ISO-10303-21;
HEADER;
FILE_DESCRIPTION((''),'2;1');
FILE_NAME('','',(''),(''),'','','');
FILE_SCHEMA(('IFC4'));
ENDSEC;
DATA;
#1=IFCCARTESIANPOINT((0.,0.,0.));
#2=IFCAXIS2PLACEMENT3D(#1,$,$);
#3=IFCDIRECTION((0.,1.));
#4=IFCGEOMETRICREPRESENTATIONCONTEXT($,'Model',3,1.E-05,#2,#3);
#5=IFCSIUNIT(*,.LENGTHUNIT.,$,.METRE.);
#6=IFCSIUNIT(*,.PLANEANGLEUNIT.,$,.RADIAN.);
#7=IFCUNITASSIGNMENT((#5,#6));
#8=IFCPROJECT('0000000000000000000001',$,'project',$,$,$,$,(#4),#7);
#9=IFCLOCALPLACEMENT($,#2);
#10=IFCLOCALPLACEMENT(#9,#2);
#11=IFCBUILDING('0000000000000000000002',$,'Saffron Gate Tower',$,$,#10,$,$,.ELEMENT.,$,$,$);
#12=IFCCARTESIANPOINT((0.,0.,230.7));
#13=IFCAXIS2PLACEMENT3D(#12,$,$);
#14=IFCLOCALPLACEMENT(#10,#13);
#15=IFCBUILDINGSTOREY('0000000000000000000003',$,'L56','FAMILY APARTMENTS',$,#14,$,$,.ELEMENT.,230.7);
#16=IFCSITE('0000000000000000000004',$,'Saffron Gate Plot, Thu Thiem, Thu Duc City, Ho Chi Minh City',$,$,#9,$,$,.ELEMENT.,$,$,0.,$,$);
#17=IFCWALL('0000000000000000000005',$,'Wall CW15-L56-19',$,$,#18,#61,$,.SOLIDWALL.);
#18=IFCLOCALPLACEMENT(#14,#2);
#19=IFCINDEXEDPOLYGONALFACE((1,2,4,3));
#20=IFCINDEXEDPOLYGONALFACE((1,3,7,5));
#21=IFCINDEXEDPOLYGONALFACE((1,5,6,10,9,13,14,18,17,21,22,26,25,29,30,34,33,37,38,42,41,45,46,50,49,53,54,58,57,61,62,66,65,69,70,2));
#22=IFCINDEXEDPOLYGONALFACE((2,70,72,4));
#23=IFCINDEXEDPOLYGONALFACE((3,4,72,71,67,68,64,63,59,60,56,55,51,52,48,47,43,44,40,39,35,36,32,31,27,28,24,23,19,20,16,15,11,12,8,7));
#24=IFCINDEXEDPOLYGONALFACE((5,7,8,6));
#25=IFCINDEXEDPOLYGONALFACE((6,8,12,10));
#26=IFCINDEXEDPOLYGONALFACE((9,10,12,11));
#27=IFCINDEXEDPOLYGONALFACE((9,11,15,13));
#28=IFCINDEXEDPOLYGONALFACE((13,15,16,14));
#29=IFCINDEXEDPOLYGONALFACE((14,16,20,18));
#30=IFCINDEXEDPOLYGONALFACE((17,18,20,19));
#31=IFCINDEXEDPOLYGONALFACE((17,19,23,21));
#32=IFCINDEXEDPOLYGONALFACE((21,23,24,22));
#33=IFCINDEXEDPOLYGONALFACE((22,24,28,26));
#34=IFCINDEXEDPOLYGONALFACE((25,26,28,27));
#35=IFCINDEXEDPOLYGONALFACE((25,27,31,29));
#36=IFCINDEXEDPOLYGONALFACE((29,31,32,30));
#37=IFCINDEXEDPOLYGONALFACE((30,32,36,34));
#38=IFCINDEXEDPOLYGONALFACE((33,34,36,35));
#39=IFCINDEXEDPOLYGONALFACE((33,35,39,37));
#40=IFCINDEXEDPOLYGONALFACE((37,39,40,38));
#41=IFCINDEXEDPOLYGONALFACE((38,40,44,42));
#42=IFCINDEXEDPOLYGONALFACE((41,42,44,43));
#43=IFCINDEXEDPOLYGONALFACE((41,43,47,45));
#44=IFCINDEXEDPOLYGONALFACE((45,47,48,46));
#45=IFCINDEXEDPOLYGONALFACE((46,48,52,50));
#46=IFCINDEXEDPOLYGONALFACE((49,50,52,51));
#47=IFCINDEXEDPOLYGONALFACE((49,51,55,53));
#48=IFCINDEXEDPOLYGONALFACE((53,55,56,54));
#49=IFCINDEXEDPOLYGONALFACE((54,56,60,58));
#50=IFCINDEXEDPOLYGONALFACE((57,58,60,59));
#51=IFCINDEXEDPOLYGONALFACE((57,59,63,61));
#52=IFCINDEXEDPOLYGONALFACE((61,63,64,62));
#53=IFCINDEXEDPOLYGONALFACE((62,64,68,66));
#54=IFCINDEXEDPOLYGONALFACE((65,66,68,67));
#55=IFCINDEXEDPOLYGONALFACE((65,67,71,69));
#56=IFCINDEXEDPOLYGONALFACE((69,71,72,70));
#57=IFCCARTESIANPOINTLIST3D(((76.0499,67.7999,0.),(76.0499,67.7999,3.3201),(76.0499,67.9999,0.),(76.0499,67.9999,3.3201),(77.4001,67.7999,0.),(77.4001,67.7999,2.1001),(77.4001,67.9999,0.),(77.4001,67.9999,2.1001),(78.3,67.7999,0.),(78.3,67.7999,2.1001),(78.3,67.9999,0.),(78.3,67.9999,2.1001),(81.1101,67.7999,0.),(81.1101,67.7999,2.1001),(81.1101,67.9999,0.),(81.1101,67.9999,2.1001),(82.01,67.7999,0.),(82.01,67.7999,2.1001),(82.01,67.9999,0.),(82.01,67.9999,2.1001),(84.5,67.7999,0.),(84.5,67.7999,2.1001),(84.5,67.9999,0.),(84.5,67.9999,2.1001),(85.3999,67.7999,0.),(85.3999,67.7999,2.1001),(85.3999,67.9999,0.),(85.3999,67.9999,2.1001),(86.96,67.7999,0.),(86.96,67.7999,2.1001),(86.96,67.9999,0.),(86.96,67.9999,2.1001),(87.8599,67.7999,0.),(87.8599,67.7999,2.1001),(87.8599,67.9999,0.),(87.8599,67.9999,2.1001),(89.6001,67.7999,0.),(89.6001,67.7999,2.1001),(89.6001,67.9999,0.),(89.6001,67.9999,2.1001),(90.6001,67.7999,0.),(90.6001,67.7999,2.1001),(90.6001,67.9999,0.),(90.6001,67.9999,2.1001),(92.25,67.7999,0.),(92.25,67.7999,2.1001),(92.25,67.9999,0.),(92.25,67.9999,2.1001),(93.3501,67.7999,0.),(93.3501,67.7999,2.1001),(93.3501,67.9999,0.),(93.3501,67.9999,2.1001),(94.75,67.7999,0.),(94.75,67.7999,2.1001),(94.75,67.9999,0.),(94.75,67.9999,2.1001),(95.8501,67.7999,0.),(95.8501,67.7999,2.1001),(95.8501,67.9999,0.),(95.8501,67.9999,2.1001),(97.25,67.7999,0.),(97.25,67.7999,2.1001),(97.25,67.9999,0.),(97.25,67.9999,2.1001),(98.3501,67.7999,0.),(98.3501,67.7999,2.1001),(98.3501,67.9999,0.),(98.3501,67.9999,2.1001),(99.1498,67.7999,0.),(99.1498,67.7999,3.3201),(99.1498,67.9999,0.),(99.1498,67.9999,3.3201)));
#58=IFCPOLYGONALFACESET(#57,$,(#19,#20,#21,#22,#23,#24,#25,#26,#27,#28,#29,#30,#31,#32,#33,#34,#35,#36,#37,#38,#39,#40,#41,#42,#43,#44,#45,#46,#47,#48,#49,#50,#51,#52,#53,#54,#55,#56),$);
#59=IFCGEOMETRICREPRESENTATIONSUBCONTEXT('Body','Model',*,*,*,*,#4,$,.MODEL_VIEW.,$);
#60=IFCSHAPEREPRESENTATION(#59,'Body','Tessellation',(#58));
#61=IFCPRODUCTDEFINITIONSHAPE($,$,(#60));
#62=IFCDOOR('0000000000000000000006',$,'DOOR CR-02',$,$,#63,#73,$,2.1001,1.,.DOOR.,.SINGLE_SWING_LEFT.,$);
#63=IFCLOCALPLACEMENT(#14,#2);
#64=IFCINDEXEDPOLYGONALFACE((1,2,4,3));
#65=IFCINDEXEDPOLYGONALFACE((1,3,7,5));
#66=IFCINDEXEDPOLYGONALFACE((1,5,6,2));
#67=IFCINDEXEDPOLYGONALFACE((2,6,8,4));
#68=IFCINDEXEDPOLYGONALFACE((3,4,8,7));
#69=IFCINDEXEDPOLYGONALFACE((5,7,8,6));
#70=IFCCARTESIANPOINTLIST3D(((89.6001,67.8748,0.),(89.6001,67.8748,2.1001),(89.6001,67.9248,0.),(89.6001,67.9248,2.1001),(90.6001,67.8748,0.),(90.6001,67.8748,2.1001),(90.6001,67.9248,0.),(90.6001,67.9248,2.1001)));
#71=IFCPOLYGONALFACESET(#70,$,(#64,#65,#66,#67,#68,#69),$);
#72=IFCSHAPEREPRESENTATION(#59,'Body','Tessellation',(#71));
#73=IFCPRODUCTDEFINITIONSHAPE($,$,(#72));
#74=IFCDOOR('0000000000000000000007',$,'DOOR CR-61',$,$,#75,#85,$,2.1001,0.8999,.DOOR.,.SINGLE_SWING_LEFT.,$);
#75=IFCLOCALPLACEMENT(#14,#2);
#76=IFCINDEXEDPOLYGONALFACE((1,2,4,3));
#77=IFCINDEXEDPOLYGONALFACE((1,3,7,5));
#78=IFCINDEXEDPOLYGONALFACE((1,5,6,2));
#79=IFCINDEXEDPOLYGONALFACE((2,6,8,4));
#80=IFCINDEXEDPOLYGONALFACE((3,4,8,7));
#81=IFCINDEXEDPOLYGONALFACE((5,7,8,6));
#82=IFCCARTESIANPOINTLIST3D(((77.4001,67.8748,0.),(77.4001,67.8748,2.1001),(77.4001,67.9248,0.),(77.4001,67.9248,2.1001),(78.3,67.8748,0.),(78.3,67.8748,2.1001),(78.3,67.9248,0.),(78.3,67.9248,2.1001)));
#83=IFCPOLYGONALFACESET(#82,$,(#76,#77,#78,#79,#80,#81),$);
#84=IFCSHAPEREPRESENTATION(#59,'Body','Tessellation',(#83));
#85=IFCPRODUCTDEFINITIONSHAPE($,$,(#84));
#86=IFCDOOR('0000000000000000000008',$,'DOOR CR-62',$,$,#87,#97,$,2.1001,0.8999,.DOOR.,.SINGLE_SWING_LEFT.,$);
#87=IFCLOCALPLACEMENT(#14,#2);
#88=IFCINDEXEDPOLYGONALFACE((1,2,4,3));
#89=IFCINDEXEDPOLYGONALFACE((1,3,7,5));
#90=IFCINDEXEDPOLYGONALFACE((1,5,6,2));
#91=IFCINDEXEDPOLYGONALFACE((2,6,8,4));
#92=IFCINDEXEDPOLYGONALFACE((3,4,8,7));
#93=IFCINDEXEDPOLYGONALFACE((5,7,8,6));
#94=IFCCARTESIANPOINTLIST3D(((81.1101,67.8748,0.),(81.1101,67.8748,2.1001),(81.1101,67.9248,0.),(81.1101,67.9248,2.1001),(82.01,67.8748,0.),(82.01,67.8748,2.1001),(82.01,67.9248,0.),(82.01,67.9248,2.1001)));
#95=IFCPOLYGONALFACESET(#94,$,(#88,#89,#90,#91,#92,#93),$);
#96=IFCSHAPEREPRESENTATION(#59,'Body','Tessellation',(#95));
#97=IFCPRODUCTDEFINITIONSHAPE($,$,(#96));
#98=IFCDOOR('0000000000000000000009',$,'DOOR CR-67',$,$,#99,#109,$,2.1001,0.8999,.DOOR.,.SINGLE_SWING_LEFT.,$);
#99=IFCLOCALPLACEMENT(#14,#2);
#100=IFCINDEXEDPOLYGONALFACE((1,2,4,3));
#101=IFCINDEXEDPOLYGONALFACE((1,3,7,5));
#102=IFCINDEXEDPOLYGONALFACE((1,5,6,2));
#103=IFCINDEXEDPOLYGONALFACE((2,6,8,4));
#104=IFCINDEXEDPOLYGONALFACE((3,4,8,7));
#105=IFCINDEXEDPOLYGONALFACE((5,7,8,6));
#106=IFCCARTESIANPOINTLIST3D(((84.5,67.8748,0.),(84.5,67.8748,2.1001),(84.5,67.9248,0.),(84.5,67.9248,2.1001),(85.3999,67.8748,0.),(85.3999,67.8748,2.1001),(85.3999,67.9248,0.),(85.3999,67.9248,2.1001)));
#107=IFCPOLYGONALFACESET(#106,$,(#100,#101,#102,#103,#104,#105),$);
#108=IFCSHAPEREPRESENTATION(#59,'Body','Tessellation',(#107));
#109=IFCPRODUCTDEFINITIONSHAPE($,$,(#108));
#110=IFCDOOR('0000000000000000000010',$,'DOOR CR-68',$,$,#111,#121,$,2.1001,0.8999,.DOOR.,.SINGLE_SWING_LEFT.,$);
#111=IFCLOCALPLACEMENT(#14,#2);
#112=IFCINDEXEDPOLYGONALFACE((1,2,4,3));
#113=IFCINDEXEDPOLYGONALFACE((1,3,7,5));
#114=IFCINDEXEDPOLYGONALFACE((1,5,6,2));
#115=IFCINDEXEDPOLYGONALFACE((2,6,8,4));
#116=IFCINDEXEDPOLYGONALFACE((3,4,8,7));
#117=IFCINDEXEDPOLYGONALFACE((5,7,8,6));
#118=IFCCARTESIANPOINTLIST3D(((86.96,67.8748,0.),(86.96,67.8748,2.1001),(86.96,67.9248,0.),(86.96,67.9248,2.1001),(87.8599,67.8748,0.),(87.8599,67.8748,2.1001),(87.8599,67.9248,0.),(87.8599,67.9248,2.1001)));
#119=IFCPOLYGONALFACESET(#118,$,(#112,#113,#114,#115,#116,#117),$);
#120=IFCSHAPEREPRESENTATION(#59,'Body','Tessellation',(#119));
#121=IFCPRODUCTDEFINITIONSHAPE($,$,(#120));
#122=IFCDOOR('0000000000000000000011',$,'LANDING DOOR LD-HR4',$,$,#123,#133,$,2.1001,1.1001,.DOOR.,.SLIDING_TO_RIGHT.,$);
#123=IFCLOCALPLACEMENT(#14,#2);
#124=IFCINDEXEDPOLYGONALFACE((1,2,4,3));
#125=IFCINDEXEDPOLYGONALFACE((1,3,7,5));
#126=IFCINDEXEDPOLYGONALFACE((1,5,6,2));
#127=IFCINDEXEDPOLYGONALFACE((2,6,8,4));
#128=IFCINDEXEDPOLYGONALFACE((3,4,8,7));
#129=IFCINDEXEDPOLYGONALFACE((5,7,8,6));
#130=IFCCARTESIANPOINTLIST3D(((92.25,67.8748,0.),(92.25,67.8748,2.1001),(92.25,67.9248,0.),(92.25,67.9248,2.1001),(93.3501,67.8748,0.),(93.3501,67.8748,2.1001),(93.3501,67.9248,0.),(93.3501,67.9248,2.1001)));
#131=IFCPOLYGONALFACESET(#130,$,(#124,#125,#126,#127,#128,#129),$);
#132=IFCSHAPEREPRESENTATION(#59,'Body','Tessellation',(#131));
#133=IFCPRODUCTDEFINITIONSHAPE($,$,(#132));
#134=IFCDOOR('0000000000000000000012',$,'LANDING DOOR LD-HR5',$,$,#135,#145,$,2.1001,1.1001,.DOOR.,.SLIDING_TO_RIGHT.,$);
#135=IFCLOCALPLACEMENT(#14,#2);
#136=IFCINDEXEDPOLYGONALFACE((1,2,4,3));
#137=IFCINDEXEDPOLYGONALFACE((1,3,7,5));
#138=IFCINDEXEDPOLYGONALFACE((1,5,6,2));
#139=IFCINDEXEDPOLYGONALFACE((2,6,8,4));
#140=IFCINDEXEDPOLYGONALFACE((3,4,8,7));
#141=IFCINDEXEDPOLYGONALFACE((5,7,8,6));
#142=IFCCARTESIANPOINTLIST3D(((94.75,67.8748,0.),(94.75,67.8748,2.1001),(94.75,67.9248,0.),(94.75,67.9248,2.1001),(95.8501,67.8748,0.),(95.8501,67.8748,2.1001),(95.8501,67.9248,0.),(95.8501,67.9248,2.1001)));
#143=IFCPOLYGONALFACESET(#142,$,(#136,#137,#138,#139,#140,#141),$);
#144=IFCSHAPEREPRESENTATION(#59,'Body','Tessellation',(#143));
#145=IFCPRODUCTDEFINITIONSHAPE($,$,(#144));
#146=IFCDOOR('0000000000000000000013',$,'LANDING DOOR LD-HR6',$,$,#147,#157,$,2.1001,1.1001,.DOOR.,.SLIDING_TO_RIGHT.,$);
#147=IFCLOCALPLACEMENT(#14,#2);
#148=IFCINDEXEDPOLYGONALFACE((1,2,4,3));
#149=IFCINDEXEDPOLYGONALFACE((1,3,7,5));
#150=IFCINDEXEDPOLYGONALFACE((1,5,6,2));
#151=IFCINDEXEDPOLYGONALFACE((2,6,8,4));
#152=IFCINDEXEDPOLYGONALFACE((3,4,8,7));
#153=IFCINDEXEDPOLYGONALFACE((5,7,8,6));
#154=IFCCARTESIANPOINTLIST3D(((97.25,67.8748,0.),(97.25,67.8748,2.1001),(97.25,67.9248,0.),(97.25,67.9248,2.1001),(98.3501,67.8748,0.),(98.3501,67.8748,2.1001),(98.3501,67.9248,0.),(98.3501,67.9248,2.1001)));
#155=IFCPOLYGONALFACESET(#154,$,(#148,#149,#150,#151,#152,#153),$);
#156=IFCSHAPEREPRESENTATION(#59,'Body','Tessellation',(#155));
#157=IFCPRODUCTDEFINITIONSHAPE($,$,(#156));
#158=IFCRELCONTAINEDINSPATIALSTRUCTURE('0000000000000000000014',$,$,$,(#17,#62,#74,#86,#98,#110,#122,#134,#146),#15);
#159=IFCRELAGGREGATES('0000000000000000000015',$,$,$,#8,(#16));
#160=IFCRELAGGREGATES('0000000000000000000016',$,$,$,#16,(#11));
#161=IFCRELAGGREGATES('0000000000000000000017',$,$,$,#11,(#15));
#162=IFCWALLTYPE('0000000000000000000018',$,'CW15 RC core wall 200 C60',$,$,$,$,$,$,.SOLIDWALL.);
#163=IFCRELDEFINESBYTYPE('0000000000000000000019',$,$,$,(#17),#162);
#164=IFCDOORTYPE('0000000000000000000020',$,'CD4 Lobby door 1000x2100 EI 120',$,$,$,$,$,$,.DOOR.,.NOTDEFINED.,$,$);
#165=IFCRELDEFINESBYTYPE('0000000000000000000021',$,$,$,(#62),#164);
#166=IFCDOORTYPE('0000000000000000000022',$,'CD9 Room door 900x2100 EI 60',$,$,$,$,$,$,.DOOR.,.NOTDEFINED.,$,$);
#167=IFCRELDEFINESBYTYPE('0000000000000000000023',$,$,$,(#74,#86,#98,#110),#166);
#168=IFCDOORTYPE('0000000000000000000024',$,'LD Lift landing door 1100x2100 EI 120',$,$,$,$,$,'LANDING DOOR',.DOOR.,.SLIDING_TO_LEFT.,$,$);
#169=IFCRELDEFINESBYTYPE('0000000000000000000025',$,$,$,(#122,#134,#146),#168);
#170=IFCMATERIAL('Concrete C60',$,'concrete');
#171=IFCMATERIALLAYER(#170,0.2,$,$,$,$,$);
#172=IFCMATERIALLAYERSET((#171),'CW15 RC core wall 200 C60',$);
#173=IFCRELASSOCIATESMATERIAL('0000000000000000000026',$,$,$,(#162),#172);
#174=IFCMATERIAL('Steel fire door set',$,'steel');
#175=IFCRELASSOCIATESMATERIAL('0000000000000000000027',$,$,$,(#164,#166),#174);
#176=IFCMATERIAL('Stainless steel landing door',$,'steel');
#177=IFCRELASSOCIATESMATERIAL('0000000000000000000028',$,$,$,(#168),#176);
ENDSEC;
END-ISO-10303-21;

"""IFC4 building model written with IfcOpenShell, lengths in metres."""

from ifc_helpers import new_model, si_unit, direction, frame, frame_2d, origin, place, context, subcontext, project, spatial, rectangle, extrude, material, layer, layer_set, type_object, element, fill, save


model = new_model("IFC4")

# Units and contexts
model_context = context("Model", 3, precision=1e-05, world=origin(), true_north=direction((0.0, 1.0)))
body_context = subcontext(model_context, "Body", "Model", "MODEL_VIEW")
ifc_project = project(units=[si_unit("LENGTHUNIT", "METRE"), si_unit("PLANEANGLEUNIT", "RADIAN")], contexts=[model_context])

# Site, building, storey
site_placement = place(None, origin())
site = spatial("IfcSite", under=ifc_project, at=site_placement, Name="Saffron Gate Plot, Thu Thiem, Thu Duc City, Ho Chi Minh City", CompositionType="ELEMENT", RefElevation=0.0)
building_placement = place(site_placement, origin())
building = spatial("IfcBuilding", under=site, at=building_placement, Name="Saffron Gate Tower", CompositionType="ELEMENT")
storey_placement = place(building_placement, frame((0.0, 0.0, 230.7)))
storey = spatial("IfcBuildingStorey", under=building, at=storey_placement, Name="L56", Description="FAMILY APARTMENTS", CompositionType="ELEMENT", Elevation=230.7)

# Shared definitions
ifc_material_1 = material(Name="Concrete C60", Category="concrete")

# Wall, openings, doors
ifc_layer_1 = layer(ifc_material_1, 0.2)
ifc_layer_set_1 = layer_set([ifc_layer_1], Name="CW15 RC core wall 200 C60")
wall_type_1 = type_object("IfcWallType", Name="CW15 RC core wall 200 C60", PredefinedType="SOLIDWALL", material=ifc_layer_set_1)
wall_1_placement = place(storey_placement, frame((76.05, 67.8999, 0.0), z_axis=(0.0, 0.0, 1.0), x_axis=(1.0, 0.0, 0.0)))
wall_1 = element("IfcWall", 1, at=wall_1_placement, inside=storey, type_object=wall_type_1, Name="Wall CW15-L56-19", PredefinedType="SOLIDWALL", context=body_context, shape_type="SweptSolid", body=[
    extrude(rectangle(XDim=23.0999, YDim=0.2, at=frame_2d((11.5498, 0.0))), origin(), (0.0, 0.0, 1.0), 3.3201),
])
opening_1_placement = place(wall_1_placement, frame((1.3501, 0.0, 0.0)))
opening_1 = element("IfcOpeningElement", 2, at=opening_1_placement, cuts=wall_1, PredefinedType="OPENING", context=body_context, shape_type="SweptSolid", body=[
    extrude(rectangle(XDim=0.8999, YDim=2.1001, at=frame_2d((0.45, 1.05))), frame((0.0, 0.1099, 0.0), z_axis=(0.0, -1.0, 0.0), x_axis=(1.0, 0.0, 0.0)), (0.0, 0.0, 1.0), 0.22),
])
opening_2_placement = place(wall_1_placement, frame((5.0601, 0.0, 0.0)))
opening_2 = element("IfcOpeningElement", 3, at=opening_2_placement, cuts=wall_1, PredefinedType="OPENING", context=body_context, shape_type="SweptSolid", body=[
    extrude(rectangle(XDim=0.8999, YDim=2.1001, at=frame_2d((0.45, 1.05))), frame((0.0, 0.1099, 0.0), z_axis=(0.0, -1.0, 0.0), x_axis=(1.0, 0.0, 0.0)), (0.0, 0.0, 1.0), 0.22),
])
opening_3_placement = place(wall_1_placement, frame((8.45, 0.0, 0.0)))
opening_3 = element("IfcOpeningElement", 4, at=opening_3_placement, cuts=wall_1, PredefinedType="OPENING", context=body_context, shape_type="SweptSolid", body=[
    extrude(rectangle(XDim=0.8999, YDim=2.1001, at=frame_2d((0.45, 1.05))), frame((0.0, 0.1099, 0.0), z_axis=(0.0, -1.0, 0.0), x_axis=(1.0, 0.0, 0.0)), (0.0, 0.0, 1.0), 0.22),
])
opening_4_placement = place(wall_1_placement, frame((10.9099, 0.0, 0.0)))
opening_4 = element("IfcOpeningElement", 5, at=opening_4_placement, cuts=wall_1, PredefinedType="OPENING", context=body_context, shape_type="SweptSolid", body=[
    extrude(rectangle(XDim=0.8999, YDim=2.1001, at=frame_2d((0.45, 1.05))), frame((0.0, 0.1099, 0.0), z_axis=(0.0, -1.0, 0.0), x_axis=(1.0, 0.0, 0.0)), (0.0, 0.0, 1.0), 0.22),
])
opening_5_placement = place(wall_1_placement, frame((13.55, 0.0, 0.0)))
opening_5 = element("IfcOpeningElement", 6, at=opening_5_placement, cuts=wall_1, PredefinedType="OPENING", context=body_context, shape_type="SweptSolid", body=[
    extrude(rectangle(XDim=1.0, YDim=2.1001, at=frame_2d((0.5, 1.05))), frame((0.0, 0.1099, 0.0), z_axis=(0.0, -1.0, 0.0), x_axis=(1.0, 0.0, 0.0)), (0.0, 0.0, 1.0), 0.22),
])
opening_6_placement = place(wall_1_placement, frame((16.2, 0.0, 0.0)))
opening_6 = element("IfcOpeningElement", 7, at=opening_6_placement, cuts=wall_1, PredefinedType="OPENING", context=body_context, shape_type="SweptSolid", body=[
    extrude(rectangle(XDim=1.1001, YDim=2.1001, at=frame_2d((0.55, 1.05))), frame((0.0, 0.1099, 0.0), z_axis=(0.0, -1.0, 0.0), x_axis=(1.0, 0.0, 0.0)), (0.0, 0.0, 1.0), 0.22),
])
opening_7_placement = place(wall_1_placement, frame((18.7, 0.0, 0.0)))
opening_7 = element("IfcOpeningElement", 8, at=opening_7_placement, cuts=wall_1, PredefinedType="OPENING", context=body_context, shape_type="SweptSolid", body=[
    extrude(rectangle(XDim=1.1001, YDim=2.1001, at=frame_2d((0.55, 1.05))), frame((0.0, 0.1099, 0.0), z_axis=(0.0, -1.0, 0.0), x_axis=(1.0, 0.0, 0.0)), (0.0, 0.0, 1.0), 0.22),
])
opening_8_placement = place(wall_1_placement, frame((21.2, 0.0, 0.0)))
opening_8 = element("IfcOpeningElement", 9, at=opening_8_placement, cuts=wall_1, PredefinedType="OPENING", context=body_context, shape_type="SweptSolid", body=[
    extrude(rectangle(XDim=1.1001, YDim=2.1001, at=frame_2d((0.55, 1.05))), frame((0.0, 0.1099, 0.0), z_axis=(0.0, -1.0, 0.0), x_axis=(1.0, 0.0, 0.0)), (0.0, 0.0, 1.0), 0.22),
])
ifc_material_2 = material(Name="Steel fire door set", Category="steel")
door_type_1 = type_object("IfcDoorType", Name="CD4 Lobby door 1000x2100 EI 120", OperationType="NOTDEFINED", PredefinedType="DOOR", material=ifc_material_2)
door_1_placement = place(opening_5_placement, origin())
door_1 = element("IfcDoor", 10, at=door_1_placement, inside=storey, type_object=door_type_1, Name="DOOR CR-02", OperationType="SINGLE_SWING_LEFT", OverallHeight=2.1001, OverallWidth=1.0, PredefinedType="DOOR", context=body_context, shape_type="SweptSolid", body=[
    extrude(rectangle(XDim=1.0, YDim=2.1001, at=frame_2d((0.5, 1.05))), frame((0.0, 0.0249, 0.0), z_axis=(0.0, -1.0, 0.0), x_axis=(1.0, 0.0, 0.0)), (0.0, 0.0, 1.0), 0.05),
])
fill(opening_5, door_1)
door_type_2 = type_object("IfcDoorType", Name="CD9 Room door 900x2100 EI 60", OperationType="NOTDEFINED", PredefinedType="DOOR", material=ifc_material_2)
door_2_placement = place(opening_1_placement, origin())
door_2 = element("IfcDoor", 11, at=door_2_placement, inside=storey, type_object=door_type_2, Name="DOOR CR-61", OperationType="SINGLE_SWING_LEFT", OverallHeight=2.1001, OverallWidth=0.8999, PredefinedType="DOOR", context=body_context, shape_type="SweptSolid", body=[
    extrude(rectangle(XDim=0.8999, YDim=2.1001, at=frame_2d((0.45, 1.05))), frame((0.0, 0.0249, 0.0), z_axis=(0.0, -1.0, 0.0), x_axis=(1.0, 0.0, 0.0)), (0.0, 0.0, 1.0), 0.05),
])
fill(opening_1, door_2)
door_3_placement = place(opening_2_placement, origin())
door_3 = element("IfcDoor", 12, at=door_3_placement, inside=storey, type_object=door_type_2, Name="DOOR CR-62", OperationType="SINGLE_SWING_LEFT", OverallHeight=2.1001, OverallWidth=0.8999, PredefinedType="DOOR", context=body_context, shape_type="SweptSolid", body=[
    extrude(rectangle(XDim=0.8999, YDim=2.1001, at=frame_2d((0.45, 1.05))), frame((0.0, 0.0249, 0.0), z_axis=(0.0, -1.0, 0.0), x_axis=(1.0, 0.0, 0.0)), (0.0, 0.0, 1.0), 0.05),
])
fill(opening_2, door_3)
door_4_placement = place(opening_3_placement, origin())
door_4 = element("IfcDoor", 13, at=door_4_placement, inside=storey, type_object=door_type_2, Name="DOOR CR-67", OperationType="SINGLE_SWING_LEFT", OverallHeight=2.1001, OverallWidth=0.8999, PredefinedType="DOOR", context=body_context, shape_type="SweptSolid", body=[
    extrude(rectangle(XDim=0.8999, YDim=2.1001, at=frame_2d((0.45, 1.05))), frame((0.0, 0.0249, 0.0), z_axis=(0.0, -1.0, 0.0), x_axis=(1.0, 0.0, 0.0)), (0.0, 0.0, 1.0), 0.05),
])
fill(opening_3, door_4)
door_5_placement = place(opening_4_placement, origin())
door_5 = element("IfcDoor", 14, at=door_5_placement, inside=storey, type_object=door_type_2, Name="DOOR CR-68", OperationType="SINGLE_SWING_LEFT", OverallHeight=2.1001, OverallWidth=0.8999, PredefinedType="DOOR", context=body_context, shape_type="SweptSolid", body=[
    extrude(rectangle(XDim=0.8999, YDim=2.1001, at=frame_2d((0.45, 1.05))), frame((0.0, 0.0249, 0.0), z_axis=(0.0, -1.0, 0.0), x_axis=(1.0, 0.0, 0.0)), (0.0, 0.0, 1.0), 0.05),
])
fill(opening_4, door_5)
ifc_material_3 = material(Name="Stainless steel landing door", Category="steel")
door_type_3 = type_object("IfcDoorType", Name="LD Lift landing door 1100x2100 EI 120", ElementType="LANDING DOOR", OperationType="SLIDING_TO_LEFT", PredefinedType="DOOR", material=ifc_material_3)
door_6_placement = place(opening_6_placement, origin())
door_6 = element("IfcDoor", 15, at=door_6_placement, inside=storey, type_object=door_type_3, Name="LANDING DOOR LD-HR4", OperationType="SLIDING_TO_RIGHT", OverallHeight=2.1001, OverallWidth=1.1001, PredefinedType="DOOR", context=body_context, shape_type="SweptSolid", body=[
    extrude(rectangle(XDim=1.1001, YDim=2.1001, at=frame_2d((0.55, 1.05))), frame((0.0, 0.0249, 0.0), z_axis=(0.0, -1.0, 0.0), x_axis=(1.0, 0.0, 0.0)), (0.0, 0.0, 1.0), 0.05),
])
fill(opening_6, door_6)
door_7_placement = place(opening_7_placement, origin())
door_7 = element("IfcDoor", 16, at=door_7_placement, inside=storey, type_object=door_type_3, Name="LANDING DOOR LD-HR5", OperationType="SLIDING_TO_RIGHT", OverallHeight=2.1001, OverallWidth=1.1001, PredefinedType="DOOR", context=body_context, shape_type="SweptSolid", body=[
    extrude(rectangle(XDim=1.1001, YDim=2.1001, at=frame_2d((0.55, 1.05))), frame((0.0, 0.0249, 0.0), z_axis=(0.0, -1.0, 0.0), x_axis=(1.0, 0.0, 0.0)), (0.0, 0.0, 1.0), 0.05),
])
fill(opening_7, door_7)
door_8_placement = place(opening_8_placement, origin())
door_8 = element("IfcDoor", 17, at=door_8_placement, inside=storey, type_object=door_type_3, Name="LANDING DOOR LD-HR6", OperationType="SLIDING_TO_RIGHT", OverallHeight=2.1001, OverallWidth=1.1001, PredefinedType="DOOR", context=body_context, shape_type="SweptSolid", body=[
    extrude(rectangle(XDim=1.1001, YDim=2.1001, at=frame_2d((0.55, 1.05))), frame((0.0, 0.0249, 0.0), z_axis=(0.0, -1.0, 0.0), x_axis=(1.0, 0.0, 0.0)), (0.0, 0.0, 1.0), 0.05),
])
fill(opening_8, door_8)

save(model, "model.ifc")
